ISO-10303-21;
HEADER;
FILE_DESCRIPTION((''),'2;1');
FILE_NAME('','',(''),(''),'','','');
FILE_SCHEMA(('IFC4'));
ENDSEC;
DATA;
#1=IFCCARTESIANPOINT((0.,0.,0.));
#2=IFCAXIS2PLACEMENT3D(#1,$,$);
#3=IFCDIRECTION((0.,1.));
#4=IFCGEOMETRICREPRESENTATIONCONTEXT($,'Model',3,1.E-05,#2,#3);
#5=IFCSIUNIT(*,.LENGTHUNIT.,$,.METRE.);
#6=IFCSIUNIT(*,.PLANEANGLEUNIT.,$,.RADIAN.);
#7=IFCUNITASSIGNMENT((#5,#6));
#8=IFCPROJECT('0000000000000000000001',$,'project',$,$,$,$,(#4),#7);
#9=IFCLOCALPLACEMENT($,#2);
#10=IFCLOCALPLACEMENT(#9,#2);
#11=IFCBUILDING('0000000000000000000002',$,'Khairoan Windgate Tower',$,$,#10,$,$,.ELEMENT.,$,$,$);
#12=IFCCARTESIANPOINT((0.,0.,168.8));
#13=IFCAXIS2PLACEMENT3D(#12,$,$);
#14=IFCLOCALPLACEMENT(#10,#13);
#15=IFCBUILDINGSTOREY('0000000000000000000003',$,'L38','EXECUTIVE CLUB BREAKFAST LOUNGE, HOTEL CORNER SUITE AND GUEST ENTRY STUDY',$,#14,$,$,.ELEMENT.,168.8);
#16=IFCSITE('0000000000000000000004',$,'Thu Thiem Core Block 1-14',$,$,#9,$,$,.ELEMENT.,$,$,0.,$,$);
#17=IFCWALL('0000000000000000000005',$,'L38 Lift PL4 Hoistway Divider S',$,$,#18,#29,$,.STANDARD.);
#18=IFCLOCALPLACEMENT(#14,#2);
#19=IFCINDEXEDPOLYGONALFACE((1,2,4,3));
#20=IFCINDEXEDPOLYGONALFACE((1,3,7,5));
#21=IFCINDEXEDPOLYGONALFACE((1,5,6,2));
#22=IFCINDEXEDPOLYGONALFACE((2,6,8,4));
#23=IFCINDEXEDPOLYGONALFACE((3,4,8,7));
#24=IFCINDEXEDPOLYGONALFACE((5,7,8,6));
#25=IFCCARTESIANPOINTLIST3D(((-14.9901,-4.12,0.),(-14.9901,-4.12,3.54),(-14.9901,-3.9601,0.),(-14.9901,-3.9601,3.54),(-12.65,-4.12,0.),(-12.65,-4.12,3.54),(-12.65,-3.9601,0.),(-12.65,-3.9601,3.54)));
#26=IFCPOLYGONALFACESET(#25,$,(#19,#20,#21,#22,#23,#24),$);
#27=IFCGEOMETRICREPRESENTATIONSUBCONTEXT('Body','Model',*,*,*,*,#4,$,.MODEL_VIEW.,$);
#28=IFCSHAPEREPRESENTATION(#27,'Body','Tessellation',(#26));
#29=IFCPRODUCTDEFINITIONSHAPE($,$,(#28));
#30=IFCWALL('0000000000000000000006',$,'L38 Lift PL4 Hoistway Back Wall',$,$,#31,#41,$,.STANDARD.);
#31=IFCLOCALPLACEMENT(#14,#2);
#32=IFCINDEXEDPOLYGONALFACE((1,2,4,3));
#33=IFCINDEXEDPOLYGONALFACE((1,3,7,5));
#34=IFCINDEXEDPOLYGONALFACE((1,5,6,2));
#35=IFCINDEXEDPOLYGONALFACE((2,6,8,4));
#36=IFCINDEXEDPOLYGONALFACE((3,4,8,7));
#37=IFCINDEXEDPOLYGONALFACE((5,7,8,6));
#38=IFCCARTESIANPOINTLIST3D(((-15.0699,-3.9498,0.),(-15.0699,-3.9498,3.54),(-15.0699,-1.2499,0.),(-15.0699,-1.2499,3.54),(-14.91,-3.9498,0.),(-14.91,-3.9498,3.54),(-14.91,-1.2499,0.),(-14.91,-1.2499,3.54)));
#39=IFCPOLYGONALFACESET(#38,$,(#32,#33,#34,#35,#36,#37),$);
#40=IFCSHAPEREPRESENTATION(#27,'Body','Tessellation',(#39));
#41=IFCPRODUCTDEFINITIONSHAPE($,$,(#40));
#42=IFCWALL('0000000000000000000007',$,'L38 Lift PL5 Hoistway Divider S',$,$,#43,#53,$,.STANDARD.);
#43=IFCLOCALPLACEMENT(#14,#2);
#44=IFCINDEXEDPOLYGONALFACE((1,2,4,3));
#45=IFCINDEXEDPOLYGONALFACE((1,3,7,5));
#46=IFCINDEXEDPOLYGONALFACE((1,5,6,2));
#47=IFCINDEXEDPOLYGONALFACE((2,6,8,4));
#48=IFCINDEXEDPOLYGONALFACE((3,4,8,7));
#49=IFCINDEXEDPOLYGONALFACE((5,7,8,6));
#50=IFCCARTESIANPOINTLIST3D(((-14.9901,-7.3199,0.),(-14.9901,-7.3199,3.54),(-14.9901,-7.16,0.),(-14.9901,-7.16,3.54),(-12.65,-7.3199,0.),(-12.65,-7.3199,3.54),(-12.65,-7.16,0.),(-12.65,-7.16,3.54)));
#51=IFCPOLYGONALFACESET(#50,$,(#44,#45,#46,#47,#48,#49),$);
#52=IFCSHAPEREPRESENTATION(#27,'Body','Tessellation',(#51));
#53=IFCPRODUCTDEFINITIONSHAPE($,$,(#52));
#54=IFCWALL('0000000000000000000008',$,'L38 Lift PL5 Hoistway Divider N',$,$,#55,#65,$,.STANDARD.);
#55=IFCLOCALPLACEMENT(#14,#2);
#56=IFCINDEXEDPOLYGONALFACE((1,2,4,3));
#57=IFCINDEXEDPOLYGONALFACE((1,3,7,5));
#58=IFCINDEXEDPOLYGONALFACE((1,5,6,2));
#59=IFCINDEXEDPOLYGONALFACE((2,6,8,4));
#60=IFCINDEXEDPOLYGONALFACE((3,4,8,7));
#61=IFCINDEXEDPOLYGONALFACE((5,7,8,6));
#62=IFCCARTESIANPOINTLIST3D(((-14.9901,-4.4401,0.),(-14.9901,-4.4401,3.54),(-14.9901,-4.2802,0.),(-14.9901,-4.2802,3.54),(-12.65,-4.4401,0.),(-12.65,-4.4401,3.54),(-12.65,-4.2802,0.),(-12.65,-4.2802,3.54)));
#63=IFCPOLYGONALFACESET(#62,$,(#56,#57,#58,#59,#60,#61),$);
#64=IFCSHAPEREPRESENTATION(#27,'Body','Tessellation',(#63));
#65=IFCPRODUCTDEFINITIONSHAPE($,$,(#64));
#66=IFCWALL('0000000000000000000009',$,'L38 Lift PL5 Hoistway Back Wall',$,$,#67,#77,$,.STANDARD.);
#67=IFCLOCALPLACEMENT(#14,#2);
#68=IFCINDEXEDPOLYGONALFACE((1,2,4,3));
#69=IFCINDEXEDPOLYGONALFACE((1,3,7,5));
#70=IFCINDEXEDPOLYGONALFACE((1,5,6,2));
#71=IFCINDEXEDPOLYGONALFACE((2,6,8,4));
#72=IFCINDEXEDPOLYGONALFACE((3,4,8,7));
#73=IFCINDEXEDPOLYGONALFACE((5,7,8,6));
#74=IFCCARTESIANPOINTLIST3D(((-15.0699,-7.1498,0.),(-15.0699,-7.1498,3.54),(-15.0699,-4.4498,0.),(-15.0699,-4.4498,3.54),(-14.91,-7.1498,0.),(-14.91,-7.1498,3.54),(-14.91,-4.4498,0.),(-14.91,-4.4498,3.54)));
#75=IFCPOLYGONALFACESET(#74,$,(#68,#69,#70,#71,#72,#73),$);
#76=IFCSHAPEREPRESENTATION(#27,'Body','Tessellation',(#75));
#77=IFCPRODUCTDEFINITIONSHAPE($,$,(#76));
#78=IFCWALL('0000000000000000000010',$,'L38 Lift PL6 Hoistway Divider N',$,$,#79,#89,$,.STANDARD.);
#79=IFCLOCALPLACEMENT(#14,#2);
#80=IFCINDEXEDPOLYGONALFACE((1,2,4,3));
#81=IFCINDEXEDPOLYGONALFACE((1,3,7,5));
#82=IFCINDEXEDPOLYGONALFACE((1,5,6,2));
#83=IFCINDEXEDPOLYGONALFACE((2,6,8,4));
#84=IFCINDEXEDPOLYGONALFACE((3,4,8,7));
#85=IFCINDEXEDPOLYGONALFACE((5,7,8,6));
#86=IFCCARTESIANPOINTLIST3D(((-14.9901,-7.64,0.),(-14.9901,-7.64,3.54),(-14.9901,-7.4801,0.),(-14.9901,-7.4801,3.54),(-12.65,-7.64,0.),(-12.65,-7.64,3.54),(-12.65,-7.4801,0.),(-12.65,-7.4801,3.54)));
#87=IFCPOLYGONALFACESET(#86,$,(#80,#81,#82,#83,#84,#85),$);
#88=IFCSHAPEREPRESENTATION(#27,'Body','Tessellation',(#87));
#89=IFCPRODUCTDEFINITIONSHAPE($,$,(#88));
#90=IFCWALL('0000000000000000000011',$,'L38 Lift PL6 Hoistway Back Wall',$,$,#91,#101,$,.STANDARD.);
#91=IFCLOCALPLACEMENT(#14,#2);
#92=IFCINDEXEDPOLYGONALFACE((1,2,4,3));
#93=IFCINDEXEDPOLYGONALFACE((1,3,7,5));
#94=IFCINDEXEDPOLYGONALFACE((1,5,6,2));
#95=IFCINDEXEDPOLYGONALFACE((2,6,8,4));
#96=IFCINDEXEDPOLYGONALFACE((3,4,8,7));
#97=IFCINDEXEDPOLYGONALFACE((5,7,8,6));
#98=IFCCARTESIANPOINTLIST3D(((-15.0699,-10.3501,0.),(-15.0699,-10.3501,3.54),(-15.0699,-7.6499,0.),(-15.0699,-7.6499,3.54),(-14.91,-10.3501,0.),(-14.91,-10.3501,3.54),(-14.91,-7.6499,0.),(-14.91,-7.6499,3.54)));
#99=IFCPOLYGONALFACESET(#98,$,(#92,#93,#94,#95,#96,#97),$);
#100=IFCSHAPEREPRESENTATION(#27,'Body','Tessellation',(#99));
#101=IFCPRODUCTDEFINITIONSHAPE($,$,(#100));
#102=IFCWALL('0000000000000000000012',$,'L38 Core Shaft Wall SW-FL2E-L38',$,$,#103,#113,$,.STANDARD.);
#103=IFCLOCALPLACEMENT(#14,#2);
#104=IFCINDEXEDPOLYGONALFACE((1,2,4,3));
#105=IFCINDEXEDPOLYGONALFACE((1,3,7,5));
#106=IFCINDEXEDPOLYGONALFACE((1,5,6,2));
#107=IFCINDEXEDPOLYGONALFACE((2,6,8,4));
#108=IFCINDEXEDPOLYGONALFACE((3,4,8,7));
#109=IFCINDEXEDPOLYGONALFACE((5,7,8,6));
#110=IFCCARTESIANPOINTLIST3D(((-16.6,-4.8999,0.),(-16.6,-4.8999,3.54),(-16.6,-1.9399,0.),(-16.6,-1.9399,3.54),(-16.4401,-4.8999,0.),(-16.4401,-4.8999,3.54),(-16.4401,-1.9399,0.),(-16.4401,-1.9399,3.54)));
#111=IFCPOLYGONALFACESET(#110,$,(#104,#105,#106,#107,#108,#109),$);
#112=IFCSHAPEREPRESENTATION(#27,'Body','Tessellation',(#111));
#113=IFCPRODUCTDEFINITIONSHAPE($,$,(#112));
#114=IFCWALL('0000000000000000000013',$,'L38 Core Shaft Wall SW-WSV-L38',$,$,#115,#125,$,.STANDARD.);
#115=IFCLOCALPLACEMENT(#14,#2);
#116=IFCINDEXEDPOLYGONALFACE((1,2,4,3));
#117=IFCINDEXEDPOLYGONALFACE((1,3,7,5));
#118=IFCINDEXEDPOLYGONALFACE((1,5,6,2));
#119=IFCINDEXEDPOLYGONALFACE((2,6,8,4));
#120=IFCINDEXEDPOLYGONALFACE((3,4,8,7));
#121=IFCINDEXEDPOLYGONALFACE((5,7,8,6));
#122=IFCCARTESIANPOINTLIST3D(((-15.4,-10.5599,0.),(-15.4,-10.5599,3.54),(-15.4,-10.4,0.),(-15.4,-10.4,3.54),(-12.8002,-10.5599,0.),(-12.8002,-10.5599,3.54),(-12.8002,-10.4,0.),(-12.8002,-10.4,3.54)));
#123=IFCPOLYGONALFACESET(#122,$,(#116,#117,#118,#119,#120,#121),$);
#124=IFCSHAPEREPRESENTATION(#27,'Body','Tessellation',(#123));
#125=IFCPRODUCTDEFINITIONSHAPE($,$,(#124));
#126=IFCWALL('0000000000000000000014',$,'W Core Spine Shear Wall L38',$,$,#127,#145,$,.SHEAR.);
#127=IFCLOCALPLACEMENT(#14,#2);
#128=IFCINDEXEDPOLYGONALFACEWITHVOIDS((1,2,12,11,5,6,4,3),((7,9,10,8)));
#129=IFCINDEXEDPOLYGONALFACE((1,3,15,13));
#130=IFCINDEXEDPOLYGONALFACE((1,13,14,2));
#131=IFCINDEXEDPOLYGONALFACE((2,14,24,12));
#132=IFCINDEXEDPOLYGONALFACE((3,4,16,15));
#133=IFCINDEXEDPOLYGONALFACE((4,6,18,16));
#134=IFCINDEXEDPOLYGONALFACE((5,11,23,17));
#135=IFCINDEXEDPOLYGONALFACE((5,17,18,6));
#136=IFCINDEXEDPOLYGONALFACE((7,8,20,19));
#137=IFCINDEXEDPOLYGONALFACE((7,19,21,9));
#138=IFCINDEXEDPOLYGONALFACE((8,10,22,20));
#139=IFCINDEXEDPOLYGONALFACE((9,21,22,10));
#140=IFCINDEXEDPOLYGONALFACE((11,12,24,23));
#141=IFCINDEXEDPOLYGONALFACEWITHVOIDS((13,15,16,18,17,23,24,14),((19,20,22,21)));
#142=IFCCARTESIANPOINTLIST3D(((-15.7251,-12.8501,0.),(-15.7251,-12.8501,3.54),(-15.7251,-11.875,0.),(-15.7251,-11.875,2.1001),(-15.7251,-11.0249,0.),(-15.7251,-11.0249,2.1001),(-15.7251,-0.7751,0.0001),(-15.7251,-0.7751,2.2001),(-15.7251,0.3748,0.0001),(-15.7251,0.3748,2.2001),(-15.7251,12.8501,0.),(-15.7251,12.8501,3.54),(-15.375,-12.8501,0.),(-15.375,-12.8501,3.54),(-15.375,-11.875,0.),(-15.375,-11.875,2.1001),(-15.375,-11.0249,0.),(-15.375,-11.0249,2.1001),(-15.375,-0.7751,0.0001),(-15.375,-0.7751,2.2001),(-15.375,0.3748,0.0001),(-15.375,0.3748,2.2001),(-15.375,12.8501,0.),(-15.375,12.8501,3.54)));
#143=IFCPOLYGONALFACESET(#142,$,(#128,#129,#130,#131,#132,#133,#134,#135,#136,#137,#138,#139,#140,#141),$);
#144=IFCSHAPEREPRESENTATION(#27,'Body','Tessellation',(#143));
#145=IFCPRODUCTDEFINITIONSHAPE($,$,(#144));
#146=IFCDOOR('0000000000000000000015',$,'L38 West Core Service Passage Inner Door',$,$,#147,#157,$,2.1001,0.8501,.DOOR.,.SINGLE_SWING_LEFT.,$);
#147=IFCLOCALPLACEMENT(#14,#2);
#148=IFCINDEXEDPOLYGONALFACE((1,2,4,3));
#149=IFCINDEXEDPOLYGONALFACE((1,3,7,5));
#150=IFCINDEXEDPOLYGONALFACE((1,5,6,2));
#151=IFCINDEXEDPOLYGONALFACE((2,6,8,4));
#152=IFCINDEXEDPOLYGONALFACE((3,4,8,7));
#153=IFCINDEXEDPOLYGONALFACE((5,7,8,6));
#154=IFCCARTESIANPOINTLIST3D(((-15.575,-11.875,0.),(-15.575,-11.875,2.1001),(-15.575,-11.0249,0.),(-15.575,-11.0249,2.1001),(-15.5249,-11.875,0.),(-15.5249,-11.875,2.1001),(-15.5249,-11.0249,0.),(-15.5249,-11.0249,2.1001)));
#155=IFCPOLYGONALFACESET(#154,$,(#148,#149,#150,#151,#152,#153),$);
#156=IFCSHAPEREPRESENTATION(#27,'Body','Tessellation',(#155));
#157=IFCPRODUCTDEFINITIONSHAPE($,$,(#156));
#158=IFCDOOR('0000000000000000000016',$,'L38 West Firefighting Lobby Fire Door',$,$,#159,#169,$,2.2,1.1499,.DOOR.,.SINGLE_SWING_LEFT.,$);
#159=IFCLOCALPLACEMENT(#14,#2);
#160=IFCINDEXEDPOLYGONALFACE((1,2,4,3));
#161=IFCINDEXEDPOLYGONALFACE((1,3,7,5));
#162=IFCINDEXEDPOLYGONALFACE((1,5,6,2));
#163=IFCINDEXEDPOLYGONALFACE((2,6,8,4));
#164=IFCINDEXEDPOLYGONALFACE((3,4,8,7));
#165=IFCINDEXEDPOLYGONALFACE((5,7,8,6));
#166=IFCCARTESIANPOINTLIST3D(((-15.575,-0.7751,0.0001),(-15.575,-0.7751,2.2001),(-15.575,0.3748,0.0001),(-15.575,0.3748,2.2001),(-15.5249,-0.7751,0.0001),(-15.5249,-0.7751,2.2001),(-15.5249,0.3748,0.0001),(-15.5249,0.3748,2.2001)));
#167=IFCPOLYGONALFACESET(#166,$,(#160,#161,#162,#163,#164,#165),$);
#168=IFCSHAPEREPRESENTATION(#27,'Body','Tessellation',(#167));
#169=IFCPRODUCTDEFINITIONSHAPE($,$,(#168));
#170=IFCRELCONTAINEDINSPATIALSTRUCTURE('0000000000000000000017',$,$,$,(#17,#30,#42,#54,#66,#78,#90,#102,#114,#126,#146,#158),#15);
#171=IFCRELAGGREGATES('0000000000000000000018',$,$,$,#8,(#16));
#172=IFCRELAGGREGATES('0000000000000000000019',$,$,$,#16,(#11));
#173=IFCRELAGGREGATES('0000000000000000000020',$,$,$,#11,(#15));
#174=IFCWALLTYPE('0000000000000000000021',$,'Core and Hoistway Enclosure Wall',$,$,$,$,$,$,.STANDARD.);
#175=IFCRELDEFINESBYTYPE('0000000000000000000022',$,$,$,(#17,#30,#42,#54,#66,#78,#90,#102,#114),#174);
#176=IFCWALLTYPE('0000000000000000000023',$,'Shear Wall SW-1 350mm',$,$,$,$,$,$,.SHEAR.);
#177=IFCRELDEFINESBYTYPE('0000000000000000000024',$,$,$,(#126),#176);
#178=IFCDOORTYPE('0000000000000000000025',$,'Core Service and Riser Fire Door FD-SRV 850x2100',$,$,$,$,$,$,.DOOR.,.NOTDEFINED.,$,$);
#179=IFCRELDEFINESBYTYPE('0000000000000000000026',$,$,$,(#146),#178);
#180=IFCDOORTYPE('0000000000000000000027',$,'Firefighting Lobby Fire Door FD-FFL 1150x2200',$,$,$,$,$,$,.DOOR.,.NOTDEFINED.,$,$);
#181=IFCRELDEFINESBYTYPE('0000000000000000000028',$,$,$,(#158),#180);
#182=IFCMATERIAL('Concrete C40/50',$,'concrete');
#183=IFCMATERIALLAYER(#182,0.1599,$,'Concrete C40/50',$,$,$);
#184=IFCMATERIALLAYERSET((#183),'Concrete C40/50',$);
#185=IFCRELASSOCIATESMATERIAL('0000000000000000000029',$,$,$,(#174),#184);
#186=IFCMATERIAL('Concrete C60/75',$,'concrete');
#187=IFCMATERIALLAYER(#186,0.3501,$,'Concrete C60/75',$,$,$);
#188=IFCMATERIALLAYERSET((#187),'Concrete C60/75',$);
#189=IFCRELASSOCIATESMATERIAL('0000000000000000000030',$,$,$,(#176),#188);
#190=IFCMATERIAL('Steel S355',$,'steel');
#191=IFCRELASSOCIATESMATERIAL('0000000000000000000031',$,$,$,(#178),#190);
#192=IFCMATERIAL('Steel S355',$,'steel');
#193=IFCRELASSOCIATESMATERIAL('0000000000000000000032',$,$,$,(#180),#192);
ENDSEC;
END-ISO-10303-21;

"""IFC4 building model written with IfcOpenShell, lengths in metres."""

from ifc_helpers import new_model, si_unit, direction, frame, frame_2d, origin, place, context, subcontext, project, spatial, rectangle, extrude, material, layer, layer_set, type_object, element, fill, save


model = new_model("IFC4")

# Units and contexts
model_context = context("Model", 3, precision=1e-05, world=origin(), true_north=direction((0.0, 1.0)))
body_context = subcontext(model_context, "Body", "Model", "MODEL_VIEW")
ifc_project = project(units=[si_unit("LENGTHUNIT", "METRE"), si_unit("PLANEANGLEUNIT", "RADIAN")], contexts=[model_context])

# Site, building, storey
site_placement = place(None, origin())
site = spatial("IfcSite", under=ifc_project, at=site_placement, Name="Thu Thiem Core Block 1-14", CompositionType="ELEMENT", RefElevation=0.0)
building_placement = place(site_placement, origin())
building = spatial("IfcBuilding", under=site, at=building_placement, Name="Khairoan Windgate Tower", CompositionType="ELEMENT")
storey_placement = place(building_placement, frame((0.0, 0.0, 168.8)))
storey = spatial("IfcBuildingStorey", under=building, at=storey_placement, Name="L38", Description="EXECUTIVE CLUB BREAKFAST LOUNGE, HOTEL CORNER SUITE AND GUEST ENTRY STUDY", CompositionType="ELEMENT", Elevation=168.8)

# Walls
ifc_material_1 = material(Name="Concrete C40/50", Category="concrete")
ifc_layer_1 = layer(ifc_material_1, 0.1599, Name="Concrete C40/50")
ifc_layer_set_1 = layer_set([ifc_layer_1], Name="Concrete C40/50")
wall_type_1 = type_object("IfcWallType", Name="Core and Hoistway Enclosure Wall", PredefinedType="STANDARD", material=ifc_layer_set_1)
wall_1_placement = place(storey_placement, frame((-14.99, -4.04, 0.0), z_axis=(0.0, 0.0, 1.0), x_axis=(1.0, 0.0, 0.0)))
element("IfcWall", 1, at=wall_1_placement, inside=storey, type_object=wall_type_1, Name="L38 Lift PL4 Hoistway Divider S", PredefinedType="STANDARD", context=body_context, shape_type="SweptSolid", body=[
    extrude(rectangle(XDim=2.3401, YDim=0.1599, at=frame_2d((1.1699, 0.0))), origin(), (0.0, 0.0, 1.0), 3.54),
])
wall_2_placement = place(storey_placement, frame((-14.99, -3.95, 0.0), z_axis=(0.0, 0.0, 1.0), x_axis=(0.0, 1.0, 0.0)))
element("IfcWall", 2, at=wall_2_placement, inside=storey, type_object=wall_type_1, Name="L38 Lift PL4 Hoistway Back Wall", PredefinedType="STANDARD", context=body_context, shape_type="SweptSolid", body=[
    extrude(rectangle(XDim=2.7, YDim=0.1599, at=frame_2d((1.3501, 0.0))), origin(), (0.0, 0.0, 1.0), 3.54),
])
for number, where, z_axis, x_axis, name in (
    (3, (-14.99, -7.24, 0.0), (0.0, 0.0, 1.0), (1.0, 0.0, 0.0), "L38 Lift PL5 Hoistway Divider S"),
    (4, (-14.99, -4.3601, 0.0), (0.0, 0.0, 1.0), (1.0, 0.0, 0.0), "L38 Lift PL5 Hoistway Divider N"),
):
    element("IfcWall", number, at=place(storey_placement, frame(where, z_axis=z_axis, x_axis=x_axis)), inside=storey, type_object=wall_type_1, Name=name, PredefinedType="STANDARD", context=body_context, shape_type="SweptSolid", body=[
        extrude(rectangle(XDim=2.3401, YDim=0.1599, at=frame_2d((1.1699, 0.0))), origin(), (0.0, 0.0, 1.0), 3.54),
    ])
wall_3_placement = place(storey_placement, frame((-14.99, -7.1499, 0.0), z_axis=(0.0, 0.0, 1.0), x_axis=(0.0, 1.0, 0.0)))
element("IfcWall", 5, at=wall_3_placement, inside=storey, type_object=wall_type_1, Name="L38 Lift PL5 Hoistway Back Wall", PredefinedType="STANDARD", context=body_context, shape_type="SweptSolid", body=[
    extrude(rectangle(XDim=2.7, YDim=0.1599, at=frame_2d((1.3501, 0.0))), origin(), (0.0, 0.0, 1.0), 3.54),
])
wall_4_placement = place(storey_placement, frame((-14.99, -7.5601, 0.0), z_axis=(0.0, 0.0, 1.0), x_axis=(1.0, 0.0, 0.0)))
element("IfcWall", 6, at=wall_4_placement, inside=storey, type_object=wall_type_1, Name="L38 Lift PL6 Hoistway Divider N", PredefinedType="STANDARD", context=body_context, shape_type="SweptSolid", body=[
    extrude(rectangle(XDim=2.3401, YDim=0.1599, at=frame_2d((1.1699, 0.0))), origin(), (0.0, 0.0, 1.0), 3.54),
])
wall_5_placement = place(storey_placement, frame((-14.99, -10.3501, 0.0), z_axis=(0.0, 0.0, 1.0), x_axis=(0.0, 1.0, 0.0)))
element("IfcWall", 7, at=wall_5_placement, inside=storey, type_object=wall_type_1, Name="L38 Lift PL6 Hoistway Back Wall", PredefinedType="STANDARD", context=body_context, shape_type="SweptSolid", body=[
    extrude(rectangle(XDim=2.7002, YDim=0.1599, at=frame_2d((1.3501, 0.0))), origin(), (0.0, 0.0, 1.0), 3.54),
])
wall_6_placement = place(storey_placement, frame((-16.52, -4.8999, 0.0), z_axis=(0.0, 0.0, 1.0), x_axis=(0.0, 1.0, 0.0)))
element("IfcWall", 8, at=wall_6_placement, inside=storey, type_object=wall_type_1, Name="L38 Core Shaft Wall SW-FL2E-L38", PredefinedType="STANDARD", context=body_context, shape_type="SweptSolid", body=[
    extrude(rectangle(XDim=2.96, YDim=0.1599, at=frame_2d((1.48, 0.0))), origin(), (0.0, 0.0, 1.0), 3.54),
])
wall_7_placement = place(storey_placement, frame((-15.3999, -10.48, 0.0), z_axis=(0.0, 0.0, 1.0), x_axis=(1.0, 0.0, 0.0)))
element("IfcWall", 9, at=wall_7_placement, inside=storey, type_object=wall_type_1, Name="L38 Core Shaft Wall SW-WSV-L38", PredefinedType="STANDARD", context=body_context, shape_type="SweptSolid", body=[
    extrude(rectangle(XDim=2.5999, YDim=0.1599, at=frame_2d((1.2998, 0.0))), origin(), (0.0, 0.0, 1.0), 3.54),
])

# Wall, openings, doors
ifc_material_2 = material(Name="Concrete C60/75", Category="concrete")
ifc_layer_2 = layer(ifc_material_2, 0.3501, Name="Concrete C60/75")
ifc_layer_set_2 = layer_set([ifc_layer_2], Name="Concrete C60/75")
wall_type_2 = type_object("IfcWallType", Name="Shear Wall SW-1 350mm", PredefinedType="SHEAR", material=ifc_layer_set_2)
wall_8_placement = place(storey_placement, frame((-15.55, -12.8501, 0.0), z_axis=(0.0, 0.0, 1.0), x_axis=(0.0, 1.0, 0.0)))
wall_8 = element("IfcWall", 10, at=wall_8_placement, inside=storey, type_object=wall_type_2, Name="W Core Spine Shear Wall L38", PredefinedType="SHEAR", context=body_context, shape_type="SweptSolid", body=[
    extrude(rectangle(XDim=25.7002, YDim=0.3501, at=frame_2d((12.8501, 0.0))), origin(), (0.0, 0.0, 1.0), 3.54),
])
opening_1_placement = place(wall_8_placement, frame((12.075, 0.0, 0.0)))
opening_1 = element("IfcOpeningElement", 11, at=opening_1_placement, cuts=wall_8, PredefinedType="OPENING", context=body_context, shape_type="SweptSolid", body=[
    extrude(rectangle(XDim=1.1499, YDim=2.2, at=frame_2d((0.575, 1.1001))), frame((0.0, 0.1851, 0.0), z_axis=(0.0, -1.0, 0.0), x_axis=(1.0, 0.0, 0.0)), (0.0, 0.0, 1.0), 0.3701),
])
opening_2_placement = place(wall_8_placement, frame((0.9751, 0.0, 0.0)))
opening_2 = element("IfcOpeningElement", 12, at=opening_2_placement, cuts=wall_8, PredefinedType="OPENING", context=body_context, shape_type="SweptSolid", body=[
    extrude(rectangle(XDim=0.8501, YDim=2.1001, at=frame_2d((0.425, 1.05))), frame((0.0, 0.1851, 0.0), z_axis=(0.0, -1.0, 0.0), x_axis=(1.0, 0.0, 0.0)), (0.0, 0.0, 1.0), 0.3701),
])
ifc_material_3 = material(Name="Steel S355", Category="steel")
door_type_1 = type_object("IfcDoorType", Name="Core Service and Riser Fire Door FD-SRV 850x2100", OperationType="NOTDEFINED", PredefinedType="DOOR", material=ifc_material_3)
door_1_placement = place(opening_2_placement, origin())
door_1 = element("IfcDoor", 13, at=door_1_placement, inside=storey, type_object=door_type_1, Name="L38 West Core Service Passage Inner Door", OperationType="SINGLE_SWING_LEFT", OverallHeight=2.1001, OverallWidth=0.8501, PredefinedType="DOOR", context=body_context, shape_type="SweptSolid", body=[
    extrude(rectangle(XDim=0.8501, YDim=2.1001, at=frame_2d((0.425, 1.05))), frame((0.0, 0.0249, 0.0), z_axis=(0.0, -1.0, 0.0), x_axis=(1.0, 0.0, 0.0)), (0.0, 0.0, 1.0), 0.05),
])
fill(opening_2, door_1)
ifc_material_4 = material(Name="Steel S355", Category="steel")
door_type_2 = type_object("IfcDoorType", Name="Firefighting Lobby Fire Door FD-FFL 1150x2200", OperationType="NOTDEFINED", PredefinedType="DOOR", material=ifc_material_4)
door_2_placement = place(opening_1_placement, origin())
door_2 = element("IfcDoor", 14, at=door_2_placement, inside=storey, type_object=door_type_2, Name="L38 West Firefighting Lobby Fire Door", OperationType="SINGLE_SWING_LEFT", OverallHeight=2.2, OverallWidth=1.1499, PredefinedType="DOOR", context=body_context, shape_type="SweptSolid", body=[
    extrude(rectangle(XDim=1.1499, YDim=2.2, at=frame_2d((0.575, 1.1001))), frame((0.0, 0.0249, 0.0), z_axis=(0.0, -1.0, 0.0), x_axis=(1.0, 0.0, 0.0)), (0.0, 0.0, 1.0), 0.05),
])
fill(opening_1, door_2)

save(model, "model.ifc")
